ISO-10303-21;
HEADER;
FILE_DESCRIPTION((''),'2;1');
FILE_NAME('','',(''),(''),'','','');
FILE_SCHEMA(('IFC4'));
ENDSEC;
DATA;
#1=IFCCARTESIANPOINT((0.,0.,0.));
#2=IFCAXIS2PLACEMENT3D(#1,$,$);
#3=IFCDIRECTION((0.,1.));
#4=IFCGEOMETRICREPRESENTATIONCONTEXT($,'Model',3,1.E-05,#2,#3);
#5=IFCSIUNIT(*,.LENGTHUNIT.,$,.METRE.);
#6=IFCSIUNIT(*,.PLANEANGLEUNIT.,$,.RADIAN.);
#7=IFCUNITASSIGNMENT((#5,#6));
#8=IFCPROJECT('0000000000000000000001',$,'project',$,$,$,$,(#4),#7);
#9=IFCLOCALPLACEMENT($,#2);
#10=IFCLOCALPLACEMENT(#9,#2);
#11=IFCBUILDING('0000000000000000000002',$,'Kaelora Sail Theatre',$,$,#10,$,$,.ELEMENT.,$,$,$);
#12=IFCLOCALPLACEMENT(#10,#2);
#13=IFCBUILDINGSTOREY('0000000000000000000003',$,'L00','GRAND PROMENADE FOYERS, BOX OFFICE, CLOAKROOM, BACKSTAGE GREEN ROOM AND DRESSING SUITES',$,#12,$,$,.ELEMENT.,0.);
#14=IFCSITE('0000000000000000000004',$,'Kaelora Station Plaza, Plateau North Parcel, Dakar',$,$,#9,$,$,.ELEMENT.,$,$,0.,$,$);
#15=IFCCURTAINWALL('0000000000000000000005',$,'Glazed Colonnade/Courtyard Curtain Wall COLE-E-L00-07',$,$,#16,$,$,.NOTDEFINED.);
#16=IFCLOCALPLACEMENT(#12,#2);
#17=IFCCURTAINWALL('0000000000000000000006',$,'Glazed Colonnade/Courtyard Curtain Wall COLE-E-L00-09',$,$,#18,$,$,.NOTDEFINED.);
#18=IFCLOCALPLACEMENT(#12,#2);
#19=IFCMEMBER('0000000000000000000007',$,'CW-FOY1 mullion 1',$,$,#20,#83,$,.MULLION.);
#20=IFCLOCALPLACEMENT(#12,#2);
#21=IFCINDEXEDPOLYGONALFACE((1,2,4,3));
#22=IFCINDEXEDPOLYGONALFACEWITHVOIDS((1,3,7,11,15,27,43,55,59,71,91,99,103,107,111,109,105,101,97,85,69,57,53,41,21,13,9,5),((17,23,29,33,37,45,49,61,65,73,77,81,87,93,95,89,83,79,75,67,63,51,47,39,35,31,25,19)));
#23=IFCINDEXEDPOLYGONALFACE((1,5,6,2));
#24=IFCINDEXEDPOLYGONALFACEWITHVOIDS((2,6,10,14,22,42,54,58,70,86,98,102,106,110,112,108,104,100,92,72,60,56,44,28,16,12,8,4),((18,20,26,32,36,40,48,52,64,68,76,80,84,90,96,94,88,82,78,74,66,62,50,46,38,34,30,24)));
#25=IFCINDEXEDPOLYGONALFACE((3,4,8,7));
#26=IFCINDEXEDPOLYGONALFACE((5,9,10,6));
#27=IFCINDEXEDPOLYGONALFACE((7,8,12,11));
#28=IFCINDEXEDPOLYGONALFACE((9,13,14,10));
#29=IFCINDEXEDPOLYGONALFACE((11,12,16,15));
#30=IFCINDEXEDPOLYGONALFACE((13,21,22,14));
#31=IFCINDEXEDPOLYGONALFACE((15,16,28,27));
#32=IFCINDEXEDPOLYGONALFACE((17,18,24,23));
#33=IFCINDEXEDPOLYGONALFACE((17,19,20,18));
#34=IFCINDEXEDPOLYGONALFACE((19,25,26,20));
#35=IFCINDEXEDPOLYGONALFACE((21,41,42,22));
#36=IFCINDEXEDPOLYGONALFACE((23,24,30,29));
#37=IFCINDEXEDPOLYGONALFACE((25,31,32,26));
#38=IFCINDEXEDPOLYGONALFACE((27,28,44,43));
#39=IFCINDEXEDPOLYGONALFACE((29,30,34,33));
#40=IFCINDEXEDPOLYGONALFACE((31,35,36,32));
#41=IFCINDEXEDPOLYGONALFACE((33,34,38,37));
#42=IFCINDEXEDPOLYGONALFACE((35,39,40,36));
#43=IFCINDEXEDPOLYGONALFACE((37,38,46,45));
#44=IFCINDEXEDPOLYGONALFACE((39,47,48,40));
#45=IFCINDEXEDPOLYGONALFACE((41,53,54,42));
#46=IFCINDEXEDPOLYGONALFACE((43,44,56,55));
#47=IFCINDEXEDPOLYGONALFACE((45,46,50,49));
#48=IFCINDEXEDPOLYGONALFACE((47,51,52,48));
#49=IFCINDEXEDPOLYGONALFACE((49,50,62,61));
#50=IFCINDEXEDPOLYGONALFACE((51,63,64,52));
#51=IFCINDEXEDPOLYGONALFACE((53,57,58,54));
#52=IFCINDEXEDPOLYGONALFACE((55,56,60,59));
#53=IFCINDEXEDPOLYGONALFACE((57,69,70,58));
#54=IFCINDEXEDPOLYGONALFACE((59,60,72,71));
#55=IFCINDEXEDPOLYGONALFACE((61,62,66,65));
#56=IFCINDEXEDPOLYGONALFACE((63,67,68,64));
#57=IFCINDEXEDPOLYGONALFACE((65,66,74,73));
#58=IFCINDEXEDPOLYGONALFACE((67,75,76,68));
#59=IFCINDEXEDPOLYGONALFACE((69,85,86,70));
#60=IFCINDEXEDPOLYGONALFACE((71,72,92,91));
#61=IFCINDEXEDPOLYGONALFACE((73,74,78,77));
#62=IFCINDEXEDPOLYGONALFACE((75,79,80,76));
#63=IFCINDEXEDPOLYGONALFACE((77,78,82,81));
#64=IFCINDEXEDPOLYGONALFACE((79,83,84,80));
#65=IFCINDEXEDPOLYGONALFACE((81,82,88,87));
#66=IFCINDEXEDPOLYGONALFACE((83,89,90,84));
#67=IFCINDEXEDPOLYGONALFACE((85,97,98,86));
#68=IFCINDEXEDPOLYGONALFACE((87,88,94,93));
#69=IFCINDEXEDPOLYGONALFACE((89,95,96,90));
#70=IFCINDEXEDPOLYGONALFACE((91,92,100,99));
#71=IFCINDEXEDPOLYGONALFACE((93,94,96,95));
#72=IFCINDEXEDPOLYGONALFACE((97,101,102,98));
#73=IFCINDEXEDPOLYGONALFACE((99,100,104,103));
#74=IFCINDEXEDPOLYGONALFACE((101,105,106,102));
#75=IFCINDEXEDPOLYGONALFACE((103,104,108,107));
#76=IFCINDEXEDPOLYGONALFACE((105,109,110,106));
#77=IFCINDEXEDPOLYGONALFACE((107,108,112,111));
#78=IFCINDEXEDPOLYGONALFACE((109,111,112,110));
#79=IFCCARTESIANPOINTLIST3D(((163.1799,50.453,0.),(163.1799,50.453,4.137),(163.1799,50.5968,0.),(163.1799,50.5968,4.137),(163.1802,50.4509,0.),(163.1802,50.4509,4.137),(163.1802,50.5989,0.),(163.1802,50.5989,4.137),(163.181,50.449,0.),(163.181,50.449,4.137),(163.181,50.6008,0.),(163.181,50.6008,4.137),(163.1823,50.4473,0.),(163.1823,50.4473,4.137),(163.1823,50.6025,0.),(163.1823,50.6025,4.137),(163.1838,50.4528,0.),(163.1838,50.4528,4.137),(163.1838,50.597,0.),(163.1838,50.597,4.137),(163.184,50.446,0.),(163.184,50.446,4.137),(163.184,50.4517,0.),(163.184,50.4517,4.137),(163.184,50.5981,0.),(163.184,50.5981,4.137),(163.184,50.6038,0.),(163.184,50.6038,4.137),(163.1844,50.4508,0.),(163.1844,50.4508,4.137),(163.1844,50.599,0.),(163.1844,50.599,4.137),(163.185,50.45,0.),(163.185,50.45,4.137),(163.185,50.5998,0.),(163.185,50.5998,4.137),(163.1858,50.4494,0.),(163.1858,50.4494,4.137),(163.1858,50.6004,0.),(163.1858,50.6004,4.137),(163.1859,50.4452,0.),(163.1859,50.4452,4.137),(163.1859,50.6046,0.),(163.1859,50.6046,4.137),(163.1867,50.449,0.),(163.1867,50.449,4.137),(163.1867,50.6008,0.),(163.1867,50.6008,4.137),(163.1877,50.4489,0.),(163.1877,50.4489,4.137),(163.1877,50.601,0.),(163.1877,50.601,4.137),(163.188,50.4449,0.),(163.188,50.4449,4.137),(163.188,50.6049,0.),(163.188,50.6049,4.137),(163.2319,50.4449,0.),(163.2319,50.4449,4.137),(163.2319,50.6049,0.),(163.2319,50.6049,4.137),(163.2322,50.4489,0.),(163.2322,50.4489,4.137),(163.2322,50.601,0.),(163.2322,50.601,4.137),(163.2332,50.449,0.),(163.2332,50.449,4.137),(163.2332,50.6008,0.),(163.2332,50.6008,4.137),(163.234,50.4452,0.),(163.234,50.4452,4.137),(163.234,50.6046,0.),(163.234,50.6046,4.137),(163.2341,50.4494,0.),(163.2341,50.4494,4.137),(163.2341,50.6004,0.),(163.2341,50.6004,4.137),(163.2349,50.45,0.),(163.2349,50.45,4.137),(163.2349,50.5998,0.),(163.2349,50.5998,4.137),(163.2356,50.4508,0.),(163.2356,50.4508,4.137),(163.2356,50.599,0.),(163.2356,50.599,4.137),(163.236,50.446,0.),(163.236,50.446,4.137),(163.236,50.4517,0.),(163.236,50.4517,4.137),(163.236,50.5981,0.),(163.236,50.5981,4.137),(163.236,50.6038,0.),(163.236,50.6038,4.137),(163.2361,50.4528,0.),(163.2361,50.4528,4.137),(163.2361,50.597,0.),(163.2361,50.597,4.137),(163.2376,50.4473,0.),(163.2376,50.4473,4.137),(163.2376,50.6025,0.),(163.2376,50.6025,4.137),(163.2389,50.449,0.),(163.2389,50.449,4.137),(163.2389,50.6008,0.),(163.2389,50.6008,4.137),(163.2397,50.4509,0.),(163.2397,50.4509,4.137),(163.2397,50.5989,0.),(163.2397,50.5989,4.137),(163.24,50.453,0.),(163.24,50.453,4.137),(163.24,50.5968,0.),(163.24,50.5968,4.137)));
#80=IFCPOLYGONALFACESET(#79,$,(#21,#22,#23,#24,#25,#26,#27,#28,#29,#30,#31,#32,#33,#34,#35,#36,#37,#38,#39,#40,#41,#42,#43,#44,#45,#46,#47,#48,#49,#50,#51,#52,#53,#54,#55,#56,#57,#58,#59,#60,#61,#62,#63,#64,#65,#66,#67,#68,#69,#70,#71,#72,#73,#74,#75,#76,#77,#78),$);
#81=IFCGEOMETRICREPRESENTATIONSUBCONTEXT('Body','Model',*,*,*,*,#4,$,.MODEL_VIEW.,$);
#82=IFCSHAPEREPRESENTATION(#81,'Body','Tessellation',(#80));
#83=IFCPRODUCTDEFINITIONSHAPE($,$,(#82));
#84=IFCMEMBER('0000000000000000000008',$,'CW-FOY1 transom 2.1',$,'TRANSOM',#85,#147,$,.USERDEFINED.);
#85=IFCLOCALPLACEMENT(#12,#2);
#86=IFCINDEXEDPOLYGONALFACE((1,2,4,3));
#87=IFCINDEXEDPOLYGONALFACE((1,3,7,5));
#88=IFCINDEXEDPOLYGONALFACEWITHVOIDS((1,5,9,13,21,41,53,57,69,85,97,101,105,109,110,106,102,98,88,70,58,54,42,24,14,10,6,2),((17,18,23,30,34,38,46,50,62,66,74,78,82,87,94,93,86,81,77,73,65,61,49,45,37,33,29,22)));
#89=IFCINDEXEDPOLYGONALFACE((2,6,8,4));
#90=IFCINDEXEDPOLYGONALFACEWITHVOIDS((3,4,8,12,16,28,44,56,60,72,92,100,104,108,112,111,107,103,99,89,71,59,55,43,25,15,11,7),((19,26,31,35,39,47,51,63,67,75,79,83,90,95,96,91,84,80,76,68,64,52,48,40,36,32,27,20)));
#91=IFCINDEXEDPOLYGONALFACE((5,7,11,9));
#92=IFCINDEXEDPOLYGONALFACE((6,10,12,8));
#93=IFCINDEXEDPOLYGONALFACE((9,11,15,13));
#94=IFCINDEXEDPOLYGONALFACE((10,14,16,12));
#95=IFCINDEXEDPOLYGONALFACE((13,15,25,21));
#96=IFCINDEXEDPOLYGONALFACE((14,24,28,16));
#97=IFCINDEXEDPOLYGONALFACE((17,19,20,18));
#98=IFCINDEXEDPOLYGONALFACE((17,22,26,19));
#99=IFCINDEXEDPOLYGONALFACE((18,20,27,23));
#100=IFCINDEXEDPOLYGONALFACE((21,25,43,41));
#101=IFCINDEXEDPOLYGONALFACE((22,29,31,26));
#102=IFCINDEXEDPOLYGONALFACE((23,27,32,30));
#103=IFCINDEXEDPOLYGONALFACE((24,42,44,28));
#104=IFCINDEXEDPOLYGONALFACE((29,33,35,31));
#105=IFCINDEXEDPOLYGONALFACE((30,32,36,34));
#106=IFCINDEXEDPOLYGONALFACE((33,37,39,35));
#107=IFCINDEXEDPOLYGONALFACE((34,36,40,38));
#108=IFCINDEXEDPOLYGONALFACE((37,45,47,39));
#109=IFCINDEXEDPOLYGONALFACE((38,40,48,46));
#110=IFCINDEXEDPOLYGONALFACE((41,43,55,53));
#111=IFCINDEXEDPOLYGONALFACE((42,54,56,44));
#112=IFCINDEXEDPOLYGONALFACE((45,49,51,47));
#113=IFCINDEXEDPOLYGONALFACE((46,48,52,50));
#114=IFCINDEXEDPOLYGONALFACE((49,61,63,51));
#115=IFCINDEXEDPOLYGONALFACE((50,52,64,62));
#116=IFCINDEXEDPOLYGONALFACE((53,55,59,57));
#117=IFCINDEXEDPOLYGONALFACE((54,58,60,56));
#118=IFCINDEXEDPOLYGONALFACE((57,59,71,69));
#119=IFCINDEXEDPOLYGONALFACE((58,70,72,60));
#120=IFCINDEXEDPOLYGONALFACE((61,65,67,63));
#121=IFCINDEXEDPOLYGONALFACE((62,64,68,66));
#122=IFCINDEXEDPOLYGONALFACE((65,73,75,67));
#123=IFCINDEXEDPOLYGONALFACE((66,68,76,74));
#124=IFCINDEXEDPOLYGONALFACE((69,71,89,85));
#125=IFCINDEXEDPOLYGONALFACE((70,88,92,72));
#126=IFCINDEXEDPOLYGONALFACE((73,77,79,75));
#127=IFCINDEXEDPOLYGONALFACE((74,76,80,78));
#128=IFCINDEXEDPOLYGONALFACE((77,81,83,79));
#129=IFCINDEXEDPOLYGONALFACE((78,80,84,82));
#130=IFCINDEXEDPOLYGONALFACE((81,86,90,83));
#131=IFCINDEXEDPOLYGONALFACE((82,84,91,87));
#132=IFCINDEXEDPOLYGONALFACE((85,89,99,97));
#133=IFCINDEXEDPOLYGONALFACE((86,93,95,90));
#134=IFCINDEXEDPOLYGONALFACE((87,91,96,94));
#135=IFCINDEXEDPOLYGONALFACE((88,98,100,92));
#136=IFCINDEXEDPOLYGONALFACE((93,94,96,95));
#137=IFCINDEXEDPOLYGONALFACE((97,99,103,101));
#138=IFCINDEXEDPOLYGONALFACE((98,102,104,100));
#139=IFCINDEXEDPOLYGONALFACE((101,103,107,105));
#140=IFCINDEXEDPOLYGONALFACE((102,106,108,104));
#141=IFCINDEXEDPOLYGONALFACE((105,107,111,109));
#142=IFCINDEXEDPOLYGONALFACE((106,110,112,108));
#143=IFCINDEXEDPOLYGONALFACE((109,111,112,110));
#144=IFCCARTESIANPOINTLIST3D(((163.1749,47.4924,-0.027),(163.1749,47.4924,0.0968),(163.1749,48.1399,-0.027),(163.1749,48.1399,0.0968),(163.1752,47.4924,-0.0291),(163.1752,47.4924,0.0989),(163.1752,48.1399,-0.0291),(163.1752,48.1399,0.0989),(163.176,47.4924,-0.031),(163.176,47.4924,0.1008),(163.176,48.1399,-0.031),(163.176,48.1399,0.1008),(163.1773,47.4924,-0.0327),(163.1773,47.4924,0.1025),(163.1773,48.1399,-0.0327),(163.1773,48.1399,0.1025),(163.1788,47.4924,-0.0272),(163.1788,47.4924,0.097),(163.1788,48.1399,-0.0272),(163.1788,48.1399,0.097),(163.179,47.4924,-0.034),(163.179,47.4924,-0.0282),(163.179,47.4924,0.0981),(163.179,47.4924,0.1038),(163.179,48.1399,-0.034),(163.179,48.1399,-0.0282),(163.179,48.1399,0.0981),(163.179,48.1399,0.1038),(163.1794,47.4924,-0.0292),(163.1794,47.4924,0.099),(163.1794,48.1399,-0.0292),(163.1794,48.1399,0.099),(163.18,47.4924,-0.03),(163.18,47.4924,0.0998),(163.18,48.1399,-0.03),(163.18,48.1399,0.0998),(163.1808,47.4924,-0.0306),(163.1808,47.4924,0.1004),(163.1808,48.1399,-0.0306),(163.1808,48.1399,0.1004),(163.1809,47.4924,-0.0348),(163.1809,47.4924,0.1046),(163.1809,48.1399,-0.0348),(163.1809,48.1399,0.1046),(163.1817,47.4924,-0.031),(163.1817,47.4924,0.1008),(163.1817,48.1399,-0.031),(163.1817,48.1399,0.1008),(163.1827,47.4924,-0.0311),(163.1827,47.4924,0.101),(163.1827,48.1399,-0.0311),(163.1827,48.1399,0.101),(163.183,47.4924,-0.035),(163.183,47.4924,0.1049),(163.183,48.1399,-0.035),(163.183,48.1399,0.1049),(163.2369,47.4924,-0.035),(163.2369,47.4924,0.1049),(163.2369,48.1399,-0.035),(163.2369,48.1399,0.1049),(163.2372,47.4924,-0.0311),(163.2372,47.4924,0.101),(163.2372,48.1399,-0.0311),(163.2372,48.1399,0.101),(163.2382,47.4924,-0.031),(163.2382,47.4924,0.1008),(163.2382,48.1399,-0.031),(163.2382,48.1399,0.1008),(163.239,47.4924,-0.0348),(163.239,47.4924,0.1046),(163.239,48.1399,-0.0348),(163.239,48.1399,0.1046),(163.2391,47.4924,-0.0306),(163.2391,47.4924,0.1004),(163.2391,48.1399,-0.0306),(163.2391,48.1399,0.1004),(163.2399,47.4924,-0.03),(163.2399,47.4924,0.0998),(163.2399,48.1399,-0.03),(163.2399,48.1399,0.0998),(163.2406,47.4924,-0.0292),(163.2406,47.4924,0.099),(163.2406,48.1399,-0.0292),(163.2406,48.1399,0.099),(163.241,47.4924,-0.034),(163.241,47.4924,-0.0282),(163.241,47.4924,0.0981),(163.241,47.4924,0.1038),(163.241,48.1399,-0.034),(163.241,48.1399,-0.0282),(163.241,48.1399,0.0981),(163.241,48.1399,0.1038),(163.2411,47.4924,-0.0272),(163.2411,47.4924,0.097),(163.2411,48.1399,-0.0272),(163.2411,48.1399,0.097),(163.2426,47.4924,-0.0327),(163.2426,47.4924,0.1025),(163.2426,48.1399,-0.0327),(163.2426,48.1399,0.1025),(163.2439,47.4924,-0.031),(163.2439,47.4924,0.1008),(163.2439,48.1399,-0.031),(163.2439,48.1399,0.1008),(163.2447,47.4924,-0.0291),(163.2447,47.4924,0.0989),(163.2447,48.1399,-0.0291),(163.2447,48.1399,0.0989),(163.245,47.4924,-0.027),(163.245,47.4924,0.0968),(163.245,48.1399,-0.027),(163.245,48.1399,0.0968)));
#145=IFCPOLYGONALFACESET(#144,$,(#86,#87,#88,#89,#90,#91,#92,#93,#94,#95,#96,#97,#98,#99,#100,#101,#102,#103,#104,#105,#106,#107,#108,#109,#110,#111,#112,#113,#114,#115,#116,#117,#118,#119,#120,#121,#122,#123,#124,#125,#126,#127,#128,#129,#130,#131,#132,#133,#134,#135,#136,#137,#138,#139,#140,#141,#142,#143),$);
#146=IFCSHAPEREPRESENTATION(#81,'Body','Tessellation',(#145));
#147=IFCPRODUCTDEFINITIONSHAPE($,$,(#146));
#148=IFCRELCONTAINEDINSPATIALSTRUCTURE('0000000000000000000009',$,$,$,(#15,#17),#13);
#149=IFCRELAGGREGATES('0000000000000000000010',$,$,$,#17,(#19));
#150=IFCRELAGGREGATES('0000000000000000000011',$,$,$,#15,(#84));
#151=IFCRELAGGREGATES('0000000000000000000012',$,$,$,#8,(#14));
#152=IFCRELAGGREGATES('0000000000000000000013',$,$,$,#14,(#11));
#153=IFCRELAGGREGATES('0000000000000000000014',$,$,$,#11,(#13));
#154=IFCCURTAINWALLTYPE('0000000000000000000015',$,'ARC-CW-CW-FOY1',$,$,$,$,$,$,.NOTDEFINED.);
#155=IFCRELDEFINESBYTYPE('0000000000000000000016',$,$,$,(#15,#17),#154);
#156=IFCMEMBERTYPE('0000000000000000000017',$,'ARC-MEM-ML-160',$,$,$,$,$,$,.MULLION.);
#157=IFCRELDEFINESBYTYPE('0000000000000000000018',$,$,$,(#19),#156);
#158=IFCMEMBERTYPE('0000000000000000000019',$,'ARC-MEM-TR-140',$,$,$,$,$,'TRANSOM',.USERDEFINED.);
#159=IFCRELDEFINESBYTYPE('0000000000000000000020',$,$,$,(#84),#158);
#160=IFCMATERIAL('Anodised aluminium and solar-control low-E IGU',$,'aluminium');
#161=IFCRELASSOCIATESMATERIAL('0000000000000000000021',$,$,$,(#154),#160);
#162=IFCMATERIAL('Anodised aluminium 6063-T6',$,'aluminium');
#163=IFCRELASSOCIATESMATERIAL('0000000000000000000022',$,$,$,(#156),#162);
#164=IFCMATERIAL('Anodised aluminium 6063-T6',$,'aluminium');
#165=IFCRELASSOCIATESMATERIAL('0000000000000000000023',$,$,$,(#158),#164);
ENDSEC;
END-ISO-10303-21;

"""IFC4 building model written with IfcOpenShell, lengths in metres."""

from ifc_helpers import new_model, si_unit, direction, frame, origin, origin_2d, place, context, subcontext, project, spatial, hollow_rectangle, extrude, material, material_profile, profile_set, type_object, element, aggregate, save


model = new_model("IFC4")

# Units and contexts
model_context = context("Model", 3, precision=1e-05, world=origin(), true_north=direction((0.0, 1.0)))
body_context = subcontext(model_context, "Body", "Model", "MODEL_VIEW")
ifc_project = project(units=[si_unit("LENGTHUNIT", "METRE"), si_unit("PLANEANGLEUNIT", "RADIAN")], contexts=[model_context])

# Site, building, storey
site_placement = place(None, origin())
site = spatial("IfcSite", under=ifc_project, at=site_placement, Name="Kaelora Station Plaza, Plateau North Parcel, Dakar", CompositionType="ELEMENT", RefElevation=0.0)
building_placement = place(site_placement, origin())
building = spatial("IfcBuilding", under=site, at=building_placement, Name="Kaelora Sail Theatre", CompositionType="ELEMENT")
storey_placement = place(building_placement, origin())
storey = spatial("IfcBuildingStorey", under=building, at=storey_placement, Name="L00", Description="GRAND PROMENADE FOYERS, BOX OFFICE, CLOAKROOM, BACKSTAGE GREEN ROOM AND DRESSING SUITES", CompositionType="ELEMENT", Elevation=0.0)

# Curtain wall
ifc_material_1 = material(Name="Anodised aluminium and solar-control low-E IGU", Category="aluminium")
curtain_wall_type = type_object("IfcCurtainWallType", Name="ARC-CW-CW-FOY1", PredefinedType="NOTDEFINED", material=ifc_material_1)
curtain_wall_1_placement = place(storey_placement, origin())
curtain_wall_1 = element("IfcCurtainWall", 1, at=curtain_wall_1_placement, inside=storey, type_object=curtain_wall_type, Name="Glazed Colonnade/Courtyard Curtain Wall COLE-E-L00-07", PredefinedType="NOTDEFINED")
ifc_material_2 = material(Name="Anodised aluminium 6063-T6", Category="aluminium")
ifc_material_profile_1 = material_profile(ifc_material_2, hollow_rectangle(XDim=0.0601, YDim=0.1599, WallThickness=0.0039, InnerFilletRadius=0.0039, OuterFilletRadius=0.0081, at=origin_2d()), Name="ALU-MULL 60x160x4")
ifc_profile_set_1 = profile_set([ifc_material_profile_1], Name="Anodised aluminium 6063-T6")
member_type_1 = type_object("IfcMemberType", Name="ARC-MEM-ML-160", PredefinedType="MULLION", material=ifc_profile_set_1)

# Curtain wall, member
curtain_wall_2_placement = place(storey_placement, origin())
curtain_wall_2 = element("IfcCurtainWall", 2, at=curtain_wall_2_placement, inside=storey, type_object=curtain_wall_type, Name="Glazed Colonnade/Courtyard Curtain Wall COLE-E-L00-09", PredefinedType="NOTDEFINED")
member_1_placement = place(storey_placement, frame((163.21, 50.5249, 0.0), z_axis=(0.0, 0.0, 1.0), x_axis=(-1.0, 0.0, 0.0)))
member_1 = element("IfcMember", 3, at=member_1_placement, type_object=member_type_1, Name="CW-FOY1 mullion 1", PredefinedType="MULLION", context=body_context, shape_type="SweptSolid", body=[
    extrude(hollow_rectangle(XDim=0.0601, YDim=0.1599, WallThickness=0.0039, InnerFilletRadius=0.0039, OuterFilletRadius=0.0081, at=origin_2d()), origin(), (0.0, 0.0, 1.0), 4.137),
])

# Member
ifc_material_3 = material(Name="Anodised aluminium 6063-T6", Category="aluminium")
ifc_material_profile_2 = material_profile(ifc_material_3, hollow_rectangle(XDim=0.0701, YDim=0.1399, WallThickness=0.0039, InnerFilletRadius=0.0039, OuterFilletRadius=0.0081, at=origin_2d()), Name="ALU-TRAN 70x140x4")
ifc_profile_set_2 = profile_set([ifc_material_profile_2], Name="Anodised aluminium 6063-T6")
member_type_2 = type_object("IfcMemberType", Name="ARC-MEM-TR-140", ElementType="TRANSOM", PredefinedType="USERDEFINED", material=ifc_profile_set_2)
member_2_placement = place(storey_placement, frame((163.21, 47.4924, 0.0349), z_axis=(0.0, 1.0, 0.0), x_axis=(-1.0, 0.0, 0.0)))
member_2 = element("IfcMember", 4, at=member_2_placement, type_object=member_type_2, Name="CW-FOY1 transom 2.1", ObjectType="TRANSOM", PredefinedType="USERDEFINED", context=body_context, shape_type="SweptSolid", body=[
    extrude(hollow_rectangle(XDim=0.0701, YDim=0.1399, WallThickness=0.0039, InnerFilletRadius=0.0039, OuterFilletRadius=0.0081, at=origin_2d()), origin(), (0.0, 0.0, 1.0), 0.6475),
])
aggregate(curtain_wall_2, [member_1])

aggregate(curtain_wall_1, [member_2])

save(model, "model.ifc")
